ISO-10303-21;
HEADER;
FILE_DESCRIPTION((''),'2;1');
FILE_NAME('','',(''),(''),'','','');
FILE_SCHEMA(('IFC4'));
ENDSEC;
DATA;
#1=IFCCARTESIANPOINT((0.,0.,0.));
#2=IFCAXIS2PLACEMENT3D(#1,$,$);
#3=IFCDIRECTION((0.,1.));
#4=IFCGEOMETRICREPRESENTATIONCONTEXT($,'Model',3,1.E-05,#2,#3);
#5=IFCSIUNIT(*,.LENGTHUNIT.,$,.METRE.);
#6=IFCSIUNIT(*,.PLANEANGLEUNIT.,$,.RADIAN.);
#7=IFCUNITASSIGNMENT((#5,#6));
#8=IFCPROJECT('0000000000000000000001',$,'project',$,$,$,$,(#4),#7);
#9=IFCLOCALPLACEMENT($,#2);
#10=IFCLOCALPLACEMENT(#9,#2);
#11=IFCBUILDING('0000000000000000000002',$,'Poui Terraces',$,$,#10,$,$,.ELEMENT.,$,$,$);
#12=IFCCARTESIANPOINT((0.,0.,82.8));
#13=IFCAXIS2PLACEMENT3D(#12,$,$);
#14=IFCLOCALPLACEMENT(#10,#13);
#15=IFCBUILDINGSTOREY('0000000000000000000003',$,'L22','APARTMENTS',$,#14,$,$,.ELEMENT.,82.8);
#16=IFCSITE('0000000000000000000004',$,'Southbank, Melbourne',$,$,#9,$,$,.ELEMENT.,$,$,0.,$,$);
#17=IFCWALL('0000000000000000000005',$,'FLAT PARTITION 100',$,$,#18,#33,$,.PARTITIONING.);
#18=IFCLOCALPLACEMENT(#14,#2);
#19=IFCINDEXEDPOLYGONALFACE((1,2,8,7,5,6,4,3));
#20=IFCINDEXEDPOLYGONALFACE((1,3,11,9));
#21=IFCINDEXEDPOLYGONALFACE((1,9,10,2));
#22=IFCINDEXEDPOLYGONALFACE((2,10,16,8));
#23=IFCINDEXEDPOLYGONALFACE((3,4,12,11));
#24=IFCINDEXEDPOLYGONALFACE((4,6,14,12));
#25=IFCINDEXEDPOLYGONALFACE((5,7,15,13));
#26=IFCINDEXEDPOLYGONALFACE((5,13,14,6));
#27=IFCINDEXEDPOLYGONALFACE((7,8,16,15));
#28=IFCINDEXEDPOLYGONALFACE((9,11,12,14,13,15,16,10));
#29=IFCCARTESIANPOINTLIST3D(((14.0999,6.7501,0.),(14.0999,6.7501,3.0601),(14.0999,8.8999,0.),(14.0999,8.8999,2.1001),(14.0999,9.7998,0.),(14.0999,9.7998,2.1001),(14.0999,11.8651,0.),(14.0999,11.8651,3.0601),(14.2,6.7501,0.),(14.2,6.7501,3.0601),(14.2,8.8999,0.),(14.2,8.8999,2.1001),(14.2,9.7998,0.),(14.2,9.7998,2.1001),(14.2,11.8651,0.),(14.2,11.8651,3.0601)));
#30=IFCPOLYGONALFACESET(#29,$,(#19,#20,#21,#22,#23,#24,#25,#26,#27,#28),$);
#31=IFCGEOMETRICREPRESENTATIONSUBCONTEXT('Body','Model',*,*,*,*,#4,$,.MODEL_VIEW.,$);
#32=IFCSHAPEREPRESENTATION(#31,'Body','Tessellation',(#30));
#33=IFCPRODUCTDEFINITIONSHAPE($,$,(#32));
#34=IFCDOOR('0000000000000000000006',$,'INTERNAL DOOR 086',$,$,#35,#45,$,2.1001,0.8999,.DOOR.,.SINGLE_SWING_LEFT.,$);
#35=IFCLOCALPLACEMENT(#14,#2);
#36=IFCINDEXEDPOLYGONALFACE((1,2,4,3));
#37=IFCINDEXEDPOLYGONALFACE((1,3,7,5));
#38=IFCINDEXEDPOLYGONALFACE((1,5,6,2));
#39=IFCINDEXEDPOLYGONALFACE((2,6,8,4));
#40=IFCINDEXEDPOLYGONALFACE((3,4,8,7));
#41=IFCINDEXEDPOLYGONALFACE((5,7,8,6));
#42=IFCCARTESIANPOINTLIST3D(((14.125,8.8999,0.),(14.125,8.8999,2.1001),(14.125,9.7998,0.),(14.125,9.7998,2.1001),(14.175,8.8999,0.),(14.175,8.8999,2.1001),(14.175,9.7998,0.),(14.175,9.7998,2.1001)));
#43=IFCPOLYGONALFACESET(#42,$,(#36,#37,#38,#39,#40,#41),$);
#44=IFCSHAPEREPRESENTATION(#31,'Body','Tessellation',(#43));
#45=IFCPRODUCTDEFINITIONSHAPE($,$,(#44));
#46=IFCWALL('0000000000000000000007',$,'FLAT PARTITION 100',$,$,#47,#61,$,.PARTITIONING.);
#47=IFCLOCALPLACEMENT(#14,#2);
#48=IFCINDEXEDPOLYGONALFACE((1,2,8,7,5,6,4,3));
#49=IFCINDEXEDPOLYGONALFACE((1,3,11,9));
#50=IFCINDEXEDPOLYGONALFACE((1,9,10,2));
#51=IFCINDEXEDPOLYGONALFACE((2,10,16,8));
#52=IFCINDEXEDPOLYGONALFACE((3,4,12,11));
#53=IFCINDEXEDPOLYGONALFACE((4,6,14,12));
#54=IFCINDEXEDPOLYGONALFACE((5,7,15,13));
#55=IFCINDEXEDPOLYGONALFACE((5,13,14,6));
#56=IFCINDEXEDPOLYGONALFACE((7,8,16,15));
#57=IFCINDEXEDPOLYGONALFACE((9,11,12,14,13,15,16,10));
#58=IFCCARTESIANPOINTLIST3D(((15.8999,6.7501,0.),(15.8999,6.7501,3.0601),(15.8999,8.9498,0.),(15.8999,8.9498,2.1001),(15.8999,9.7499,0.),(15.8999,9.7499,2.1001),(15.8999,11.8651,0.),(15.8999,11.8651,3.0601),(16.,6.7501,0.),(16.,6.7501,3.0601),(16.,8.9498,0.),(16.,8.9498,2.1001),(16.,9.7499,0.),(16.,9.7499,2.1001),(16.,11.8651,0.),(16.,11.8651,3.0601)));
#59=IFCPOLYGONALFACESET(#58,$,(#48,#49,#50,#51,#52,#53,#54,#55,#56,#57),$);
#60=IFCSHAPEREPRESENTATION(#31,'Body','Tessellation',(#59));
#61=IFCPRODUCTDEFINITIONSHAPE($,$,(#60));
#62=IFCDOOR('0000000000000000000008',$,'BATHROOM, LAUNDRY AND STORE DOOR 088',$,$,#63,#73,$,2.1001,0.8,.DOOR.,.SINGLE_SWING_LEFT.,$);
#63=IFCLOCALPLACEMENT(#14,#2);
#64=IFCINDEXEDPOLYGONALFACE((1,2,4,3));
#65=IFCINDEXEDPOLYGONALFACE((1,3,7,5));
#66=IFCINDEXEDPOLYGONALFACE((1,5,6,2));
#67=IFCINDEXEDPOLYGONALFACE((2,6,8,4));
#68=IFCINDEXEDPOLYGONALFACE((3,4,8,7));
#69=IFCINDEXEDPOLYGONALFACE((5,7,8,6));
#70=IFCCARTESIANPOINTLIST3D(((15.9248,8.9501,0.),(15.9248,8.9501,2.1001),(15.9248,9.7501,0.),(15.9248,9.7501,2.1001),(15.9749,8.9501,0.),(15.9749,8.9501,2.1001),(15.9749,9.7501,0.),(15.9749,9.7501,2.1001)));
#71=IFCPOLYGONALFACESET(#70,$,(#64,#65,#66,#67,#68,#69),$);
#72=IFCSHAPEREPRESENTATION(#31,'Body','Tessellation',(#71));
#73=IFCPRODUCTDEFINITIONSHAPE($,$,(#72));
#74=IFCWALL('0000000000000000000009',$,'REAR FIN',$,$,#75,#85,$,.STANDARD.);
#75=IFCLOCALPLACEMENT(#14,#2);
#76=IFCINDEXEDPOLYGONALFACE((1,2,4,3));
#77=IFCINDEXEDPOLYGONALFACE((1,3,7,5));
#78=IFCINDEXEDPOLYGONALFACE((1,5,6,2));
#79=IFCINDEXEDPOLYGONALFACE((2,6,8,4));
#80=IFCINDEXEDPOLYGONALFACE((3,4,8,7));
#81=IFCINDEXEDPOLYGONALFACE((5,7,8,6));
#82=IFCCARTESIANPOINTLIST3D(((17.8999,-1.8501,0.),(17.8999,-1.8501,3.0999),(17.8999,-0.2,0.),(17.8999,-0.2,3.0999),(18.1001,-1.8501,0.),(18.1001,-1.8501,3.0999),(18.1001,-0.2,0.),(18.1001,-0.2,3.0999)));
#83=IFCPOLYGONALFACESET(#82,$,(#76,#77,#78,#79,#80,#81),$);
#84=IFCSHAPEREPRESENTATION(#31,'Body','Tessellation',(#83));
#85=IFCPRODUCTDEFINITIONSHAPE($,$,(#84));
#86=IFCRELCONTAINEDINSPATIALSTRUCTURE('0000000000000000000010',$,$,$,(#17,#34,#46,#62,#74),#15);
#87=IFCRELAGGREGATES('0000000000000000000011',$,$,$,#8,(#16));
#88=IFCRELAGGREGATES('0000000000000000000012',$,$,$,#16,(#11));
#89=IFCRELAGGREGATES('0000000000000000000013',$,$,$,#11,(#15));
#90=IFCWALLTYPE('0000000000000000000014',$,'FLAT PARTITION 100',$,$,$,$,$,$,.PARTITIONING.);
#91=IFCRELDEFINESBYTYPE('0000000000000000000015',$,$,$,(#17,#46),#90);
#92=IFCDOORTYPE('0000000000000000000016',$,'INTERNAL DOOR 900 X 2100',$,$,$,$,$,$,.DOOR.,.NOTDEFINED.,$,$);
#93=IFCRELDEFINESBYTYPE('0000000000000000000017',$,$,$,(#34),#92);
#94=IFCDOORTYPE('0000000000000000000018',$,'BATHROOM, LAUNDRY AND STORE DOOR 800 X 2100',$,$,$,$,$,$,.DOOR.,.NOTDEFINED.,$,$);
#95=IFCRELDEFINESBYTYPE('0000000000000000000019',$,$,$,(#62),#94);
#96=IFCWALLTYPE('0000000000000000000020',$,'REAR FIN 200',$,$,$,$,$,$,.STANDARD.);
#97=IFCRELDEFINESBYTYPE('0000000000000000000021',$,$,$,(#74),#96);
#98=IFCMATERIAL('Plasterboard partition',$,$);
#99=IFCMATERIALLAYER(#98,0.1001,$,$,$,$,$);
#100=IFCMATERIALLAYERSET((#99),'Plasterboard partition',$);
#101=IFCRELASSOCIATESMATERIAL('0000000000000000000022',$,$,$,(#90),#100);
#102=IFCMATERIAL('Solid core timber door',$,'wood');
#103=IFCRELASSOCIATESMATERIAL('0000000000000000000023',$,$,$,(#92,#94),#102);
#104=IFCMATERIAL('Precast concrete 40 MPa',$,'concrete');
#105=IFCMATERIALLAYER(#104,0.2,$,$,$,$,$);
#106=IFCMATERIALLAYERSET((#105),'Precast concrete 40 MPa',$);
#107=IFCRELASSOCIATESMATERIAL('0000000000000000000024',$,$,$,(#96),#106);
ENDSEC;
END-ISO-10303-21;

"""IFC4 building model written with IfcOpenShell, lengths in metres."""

from ifc_helpers import new_model, si_unit, direction, frame, frame_2d, origin, place, context, subcontext, project, spatial, polyline, rectangle, outline, extrude, source, transform, mapped, material, layer, layer_set, type_object, element, fill, save


model = new_model("IFC4")

# Units and contexts
model_context = context("Model", 3, precision=1e-05, world=origin(), true_north=direction((0.0, 1.0)))
body_context = subcontext(model_context, "Body", "Model", "MODEL_VIEW")
ifc_project = project(units=[si_unit("LENGTHUNIT", "METRE"), si_unit("PLANEANGLEUNIT", "RADIAN")], contexts=[model_context])

# Site, building, storey
site_placement = place(None, origin())
site = spatial("IfcSite", under=ifc_project, at=site_placement, Name="Southbank, Melbourne", CompositionType="ELEMENT", RefElevation=0.0)
building_placement = place(site_placement, origin())
building = spatial("IfcBuilding", under=site, at=building_placement, Name="Poui Terraces", CompositionType="ELEMENT")
storey_placement = place(building_placement, frame((0.0, 0.0, 82.8)))
storey = spatial("IfcBuildingStorey", under=building, at=storey_placement, Name="L22", Description="APARTMENTS", CompositionType="ELEMENT", Elevation=82.8)

# Shared definitions
ifc_material_1 = material(Name="Plasterboard partition")
ifc_layer_1 = layer(ifc_material_1, 0.1001)
ifc_layer_set_1 = layer_set([ifc_layer_1], Name="Plasterboard partition")
wall_type_1 = type_object("IfcWallType", Name="FLAT PARTITION 100", PredefinedType="PARTITIONING", material=ifc_layer_set_1)

# Walls, openings, doors
ifc_material_2 = material(Name="Solid core timber door", Category="wood")
door_type_1 = type_object("IfcDoorType", Name="INTERNAL DOOR 900 X 2100", OperationType="NOTDEFINED", PredefinedType="DOOR", material=ifc_material_2)
wall_1_placement = place(storey_placement, frame((14.1499, 6.75, 0.0), z_axis=(0.0, 0.0, 1.0), x_axis=(0.0, 1.0, 0.0)))
wall_1 = element("IfcWall", 1, at=wall_1_placement, inside=storey, type_object=wall_type_1, Name="FLAT PARTITION 100", PredefinedType="PARTITIONING", context=body_context, shape_type="SweptSolid", body=[
    extrude(rectangle(XDim=5.115, YDim=0.1001, at=frame_2d((2.5576, 0.0))), origin(), (0.0, 0.0, 1.0), 3.0601),
])
opening_1_placement = place(wall_1_placement, frame((2.1499, 0.0, 0.0)))
opening_1 = element("IfcOpeningElement", 2, at=opening_1_placement, cuts=wall_1, PredefinedType="OPENING", context=body_context, shape_type="SweptSolid", body=[
    extrude(rectangle(XDim=0.8999, YDim=2.1001, at=frame_2d((0.45, 1.05))), frame((0.0, 0.0601, 0.0), z_axis=(0.0, -1.0, 0.0), x_axis=(1.0, 0.0, 0.0)), (0.0, 0.0, 1.0), 0.1201),
])
door_1_placement = place(opening_1_placement, origin())
door_1 = element("IfcDoor", 3, at=door_1_placement, inside=storey, type_object=door_type_1, Name="INTERNAL DOOR 086", OperationType="SINGLE_SWING_LEFT", OverallHeight=2.1001, OverallWidth=0.8999, PredefinedType="DOOR", context=body_context, shape_type="SweptSolid", body=[
    extrude(rectangle(XDim=0.8999, YDim=2.1001, at=frame_2d((0.45, 1.05))), frame((0.0, 0.0249, 0.0), z_axis=(0.0, -1.0, 0.0), x_axis=(1.0, 0.0, 0.0)), (0.0, 0.0, 1.0), 0.05),
])
fill(opening_1, door_1)
wall_2_placement = place(storey_placement, frame((15.95, 6.75, 0.0), z_axis=(0.0, 0.0, 1.0), x_axis=(0.0, 1.0, 0.0)))
wall_2 = element("IfcWall", 4, at=wall_2_placement, inside=storey, type_object=wall_type_1, Name="FLAT PARTITION 100", PredefinedType="PARTITIONING", context=body_context, shape_type="SweptSolid", body=[
    extrude(rectangle(XDim=5.115, YDim=0.1001, at=frame_2d((2.5576, 0.0))), origin(), (0.0, 0.0, 1.0), 3.0601),
])
opening_2_placement = place(wall_2_placement, frame((2.2, 0.0, 0.0)))
opening_2 = element("IfcOpeningElement", 5, at=opening_2_placement, cuts=wall_2, PredefinedType="OPENING", context=body_context, shape_type="SweptSolid", body=[
    extrude(rectangle(XDim=0.8, YDim=2.1001, at=frame_2d((0.3999, 1.05))), frame((0.0, 0.0601, 0.0), z_axis=(0.0, -1.0, 0.0), x_axis=(1.0, 0.0, 0.0)), (0.0, 0.0, 1.0), 0.1201),
])
door_type_2 = type_object("IfcDoorType", Name="BATHROOM, LAUNDRY AND STORE DOOR 800 X 2100", OperationType="NOTDEFINED", PredefinedType="DOOR", material=ifc_material_2)
door_2_placement = place(opening_2_placement, frame((0.8, 0.0, 0.0), z_axis=(0.0, 0.0, 1.0), x_axis=(-1.0, 0.0, 0.0)))
door_2 = element("IfcDoor", 6, at=door_2_placement, inside=storey, type_object=door_type_2, Name="BATHROOM, LAUNDRY AND STORE DOOR 088", OperationType="SINGLE_SWING_LEFT", OverallHeight=2.1001, OverallWidth=0.8, PredefinedType="DOOR", context=body_context, shape_type="SweptSolid", body=[
    extrude(rectangle(XDim=0.8, YDim=2.1001, at=frame_2d((0.3999, 1.05))), frame((0.0, 0.0249, 0.0), z_axis=(0.0, -1.0, 0.0), x_axis=(1.0, 0.0, 0.0)), (0.0, 0.0, 1.0), 0.05),
])
fill(opening_2, door_2)

# Wall
ifc_material_3 = material(Name="Precast concrete 40 MPa", Category="concrete")
ifc_layer_2 = layer(ifc_material_3, 0.2)
ifc_layer_set_2 = layer_set([ifc_layer_2], Name="Precast concrete 40 MPa")
wall_type_2 = type_object("IfcWallType", Name="REAR FIN 200", PredefinedType="STANDARD", material=ifc_layer_set_2)
shared_shape_1 = source(origin(), body_context, "Body", "SweptSolid", [
    extrude(outline(polyline([(0.0, 0.0), (0.2002, 0.0), (0.2002, 1.6501), (0.0, 1.6501), (0.0, 0.0)])), origin(), (0.0, 0.0, 1.0), 3.0999),
])
wall_3_placement = place(storey_placement, frame((17.8999, -1.8501, 0.0)))
element("IfcWall", 7, at=wall_3_placement, inside=storey, type_object=wall_type_2, Name="REAR FIN", PredefinedType="STANDARD", context=body_context, shape_type="MappedRepresentation", body=[
    mapped(shared_shape_1, transform((0.0, 0.0, 0.0))),
])

save(model, "model.ifc")
